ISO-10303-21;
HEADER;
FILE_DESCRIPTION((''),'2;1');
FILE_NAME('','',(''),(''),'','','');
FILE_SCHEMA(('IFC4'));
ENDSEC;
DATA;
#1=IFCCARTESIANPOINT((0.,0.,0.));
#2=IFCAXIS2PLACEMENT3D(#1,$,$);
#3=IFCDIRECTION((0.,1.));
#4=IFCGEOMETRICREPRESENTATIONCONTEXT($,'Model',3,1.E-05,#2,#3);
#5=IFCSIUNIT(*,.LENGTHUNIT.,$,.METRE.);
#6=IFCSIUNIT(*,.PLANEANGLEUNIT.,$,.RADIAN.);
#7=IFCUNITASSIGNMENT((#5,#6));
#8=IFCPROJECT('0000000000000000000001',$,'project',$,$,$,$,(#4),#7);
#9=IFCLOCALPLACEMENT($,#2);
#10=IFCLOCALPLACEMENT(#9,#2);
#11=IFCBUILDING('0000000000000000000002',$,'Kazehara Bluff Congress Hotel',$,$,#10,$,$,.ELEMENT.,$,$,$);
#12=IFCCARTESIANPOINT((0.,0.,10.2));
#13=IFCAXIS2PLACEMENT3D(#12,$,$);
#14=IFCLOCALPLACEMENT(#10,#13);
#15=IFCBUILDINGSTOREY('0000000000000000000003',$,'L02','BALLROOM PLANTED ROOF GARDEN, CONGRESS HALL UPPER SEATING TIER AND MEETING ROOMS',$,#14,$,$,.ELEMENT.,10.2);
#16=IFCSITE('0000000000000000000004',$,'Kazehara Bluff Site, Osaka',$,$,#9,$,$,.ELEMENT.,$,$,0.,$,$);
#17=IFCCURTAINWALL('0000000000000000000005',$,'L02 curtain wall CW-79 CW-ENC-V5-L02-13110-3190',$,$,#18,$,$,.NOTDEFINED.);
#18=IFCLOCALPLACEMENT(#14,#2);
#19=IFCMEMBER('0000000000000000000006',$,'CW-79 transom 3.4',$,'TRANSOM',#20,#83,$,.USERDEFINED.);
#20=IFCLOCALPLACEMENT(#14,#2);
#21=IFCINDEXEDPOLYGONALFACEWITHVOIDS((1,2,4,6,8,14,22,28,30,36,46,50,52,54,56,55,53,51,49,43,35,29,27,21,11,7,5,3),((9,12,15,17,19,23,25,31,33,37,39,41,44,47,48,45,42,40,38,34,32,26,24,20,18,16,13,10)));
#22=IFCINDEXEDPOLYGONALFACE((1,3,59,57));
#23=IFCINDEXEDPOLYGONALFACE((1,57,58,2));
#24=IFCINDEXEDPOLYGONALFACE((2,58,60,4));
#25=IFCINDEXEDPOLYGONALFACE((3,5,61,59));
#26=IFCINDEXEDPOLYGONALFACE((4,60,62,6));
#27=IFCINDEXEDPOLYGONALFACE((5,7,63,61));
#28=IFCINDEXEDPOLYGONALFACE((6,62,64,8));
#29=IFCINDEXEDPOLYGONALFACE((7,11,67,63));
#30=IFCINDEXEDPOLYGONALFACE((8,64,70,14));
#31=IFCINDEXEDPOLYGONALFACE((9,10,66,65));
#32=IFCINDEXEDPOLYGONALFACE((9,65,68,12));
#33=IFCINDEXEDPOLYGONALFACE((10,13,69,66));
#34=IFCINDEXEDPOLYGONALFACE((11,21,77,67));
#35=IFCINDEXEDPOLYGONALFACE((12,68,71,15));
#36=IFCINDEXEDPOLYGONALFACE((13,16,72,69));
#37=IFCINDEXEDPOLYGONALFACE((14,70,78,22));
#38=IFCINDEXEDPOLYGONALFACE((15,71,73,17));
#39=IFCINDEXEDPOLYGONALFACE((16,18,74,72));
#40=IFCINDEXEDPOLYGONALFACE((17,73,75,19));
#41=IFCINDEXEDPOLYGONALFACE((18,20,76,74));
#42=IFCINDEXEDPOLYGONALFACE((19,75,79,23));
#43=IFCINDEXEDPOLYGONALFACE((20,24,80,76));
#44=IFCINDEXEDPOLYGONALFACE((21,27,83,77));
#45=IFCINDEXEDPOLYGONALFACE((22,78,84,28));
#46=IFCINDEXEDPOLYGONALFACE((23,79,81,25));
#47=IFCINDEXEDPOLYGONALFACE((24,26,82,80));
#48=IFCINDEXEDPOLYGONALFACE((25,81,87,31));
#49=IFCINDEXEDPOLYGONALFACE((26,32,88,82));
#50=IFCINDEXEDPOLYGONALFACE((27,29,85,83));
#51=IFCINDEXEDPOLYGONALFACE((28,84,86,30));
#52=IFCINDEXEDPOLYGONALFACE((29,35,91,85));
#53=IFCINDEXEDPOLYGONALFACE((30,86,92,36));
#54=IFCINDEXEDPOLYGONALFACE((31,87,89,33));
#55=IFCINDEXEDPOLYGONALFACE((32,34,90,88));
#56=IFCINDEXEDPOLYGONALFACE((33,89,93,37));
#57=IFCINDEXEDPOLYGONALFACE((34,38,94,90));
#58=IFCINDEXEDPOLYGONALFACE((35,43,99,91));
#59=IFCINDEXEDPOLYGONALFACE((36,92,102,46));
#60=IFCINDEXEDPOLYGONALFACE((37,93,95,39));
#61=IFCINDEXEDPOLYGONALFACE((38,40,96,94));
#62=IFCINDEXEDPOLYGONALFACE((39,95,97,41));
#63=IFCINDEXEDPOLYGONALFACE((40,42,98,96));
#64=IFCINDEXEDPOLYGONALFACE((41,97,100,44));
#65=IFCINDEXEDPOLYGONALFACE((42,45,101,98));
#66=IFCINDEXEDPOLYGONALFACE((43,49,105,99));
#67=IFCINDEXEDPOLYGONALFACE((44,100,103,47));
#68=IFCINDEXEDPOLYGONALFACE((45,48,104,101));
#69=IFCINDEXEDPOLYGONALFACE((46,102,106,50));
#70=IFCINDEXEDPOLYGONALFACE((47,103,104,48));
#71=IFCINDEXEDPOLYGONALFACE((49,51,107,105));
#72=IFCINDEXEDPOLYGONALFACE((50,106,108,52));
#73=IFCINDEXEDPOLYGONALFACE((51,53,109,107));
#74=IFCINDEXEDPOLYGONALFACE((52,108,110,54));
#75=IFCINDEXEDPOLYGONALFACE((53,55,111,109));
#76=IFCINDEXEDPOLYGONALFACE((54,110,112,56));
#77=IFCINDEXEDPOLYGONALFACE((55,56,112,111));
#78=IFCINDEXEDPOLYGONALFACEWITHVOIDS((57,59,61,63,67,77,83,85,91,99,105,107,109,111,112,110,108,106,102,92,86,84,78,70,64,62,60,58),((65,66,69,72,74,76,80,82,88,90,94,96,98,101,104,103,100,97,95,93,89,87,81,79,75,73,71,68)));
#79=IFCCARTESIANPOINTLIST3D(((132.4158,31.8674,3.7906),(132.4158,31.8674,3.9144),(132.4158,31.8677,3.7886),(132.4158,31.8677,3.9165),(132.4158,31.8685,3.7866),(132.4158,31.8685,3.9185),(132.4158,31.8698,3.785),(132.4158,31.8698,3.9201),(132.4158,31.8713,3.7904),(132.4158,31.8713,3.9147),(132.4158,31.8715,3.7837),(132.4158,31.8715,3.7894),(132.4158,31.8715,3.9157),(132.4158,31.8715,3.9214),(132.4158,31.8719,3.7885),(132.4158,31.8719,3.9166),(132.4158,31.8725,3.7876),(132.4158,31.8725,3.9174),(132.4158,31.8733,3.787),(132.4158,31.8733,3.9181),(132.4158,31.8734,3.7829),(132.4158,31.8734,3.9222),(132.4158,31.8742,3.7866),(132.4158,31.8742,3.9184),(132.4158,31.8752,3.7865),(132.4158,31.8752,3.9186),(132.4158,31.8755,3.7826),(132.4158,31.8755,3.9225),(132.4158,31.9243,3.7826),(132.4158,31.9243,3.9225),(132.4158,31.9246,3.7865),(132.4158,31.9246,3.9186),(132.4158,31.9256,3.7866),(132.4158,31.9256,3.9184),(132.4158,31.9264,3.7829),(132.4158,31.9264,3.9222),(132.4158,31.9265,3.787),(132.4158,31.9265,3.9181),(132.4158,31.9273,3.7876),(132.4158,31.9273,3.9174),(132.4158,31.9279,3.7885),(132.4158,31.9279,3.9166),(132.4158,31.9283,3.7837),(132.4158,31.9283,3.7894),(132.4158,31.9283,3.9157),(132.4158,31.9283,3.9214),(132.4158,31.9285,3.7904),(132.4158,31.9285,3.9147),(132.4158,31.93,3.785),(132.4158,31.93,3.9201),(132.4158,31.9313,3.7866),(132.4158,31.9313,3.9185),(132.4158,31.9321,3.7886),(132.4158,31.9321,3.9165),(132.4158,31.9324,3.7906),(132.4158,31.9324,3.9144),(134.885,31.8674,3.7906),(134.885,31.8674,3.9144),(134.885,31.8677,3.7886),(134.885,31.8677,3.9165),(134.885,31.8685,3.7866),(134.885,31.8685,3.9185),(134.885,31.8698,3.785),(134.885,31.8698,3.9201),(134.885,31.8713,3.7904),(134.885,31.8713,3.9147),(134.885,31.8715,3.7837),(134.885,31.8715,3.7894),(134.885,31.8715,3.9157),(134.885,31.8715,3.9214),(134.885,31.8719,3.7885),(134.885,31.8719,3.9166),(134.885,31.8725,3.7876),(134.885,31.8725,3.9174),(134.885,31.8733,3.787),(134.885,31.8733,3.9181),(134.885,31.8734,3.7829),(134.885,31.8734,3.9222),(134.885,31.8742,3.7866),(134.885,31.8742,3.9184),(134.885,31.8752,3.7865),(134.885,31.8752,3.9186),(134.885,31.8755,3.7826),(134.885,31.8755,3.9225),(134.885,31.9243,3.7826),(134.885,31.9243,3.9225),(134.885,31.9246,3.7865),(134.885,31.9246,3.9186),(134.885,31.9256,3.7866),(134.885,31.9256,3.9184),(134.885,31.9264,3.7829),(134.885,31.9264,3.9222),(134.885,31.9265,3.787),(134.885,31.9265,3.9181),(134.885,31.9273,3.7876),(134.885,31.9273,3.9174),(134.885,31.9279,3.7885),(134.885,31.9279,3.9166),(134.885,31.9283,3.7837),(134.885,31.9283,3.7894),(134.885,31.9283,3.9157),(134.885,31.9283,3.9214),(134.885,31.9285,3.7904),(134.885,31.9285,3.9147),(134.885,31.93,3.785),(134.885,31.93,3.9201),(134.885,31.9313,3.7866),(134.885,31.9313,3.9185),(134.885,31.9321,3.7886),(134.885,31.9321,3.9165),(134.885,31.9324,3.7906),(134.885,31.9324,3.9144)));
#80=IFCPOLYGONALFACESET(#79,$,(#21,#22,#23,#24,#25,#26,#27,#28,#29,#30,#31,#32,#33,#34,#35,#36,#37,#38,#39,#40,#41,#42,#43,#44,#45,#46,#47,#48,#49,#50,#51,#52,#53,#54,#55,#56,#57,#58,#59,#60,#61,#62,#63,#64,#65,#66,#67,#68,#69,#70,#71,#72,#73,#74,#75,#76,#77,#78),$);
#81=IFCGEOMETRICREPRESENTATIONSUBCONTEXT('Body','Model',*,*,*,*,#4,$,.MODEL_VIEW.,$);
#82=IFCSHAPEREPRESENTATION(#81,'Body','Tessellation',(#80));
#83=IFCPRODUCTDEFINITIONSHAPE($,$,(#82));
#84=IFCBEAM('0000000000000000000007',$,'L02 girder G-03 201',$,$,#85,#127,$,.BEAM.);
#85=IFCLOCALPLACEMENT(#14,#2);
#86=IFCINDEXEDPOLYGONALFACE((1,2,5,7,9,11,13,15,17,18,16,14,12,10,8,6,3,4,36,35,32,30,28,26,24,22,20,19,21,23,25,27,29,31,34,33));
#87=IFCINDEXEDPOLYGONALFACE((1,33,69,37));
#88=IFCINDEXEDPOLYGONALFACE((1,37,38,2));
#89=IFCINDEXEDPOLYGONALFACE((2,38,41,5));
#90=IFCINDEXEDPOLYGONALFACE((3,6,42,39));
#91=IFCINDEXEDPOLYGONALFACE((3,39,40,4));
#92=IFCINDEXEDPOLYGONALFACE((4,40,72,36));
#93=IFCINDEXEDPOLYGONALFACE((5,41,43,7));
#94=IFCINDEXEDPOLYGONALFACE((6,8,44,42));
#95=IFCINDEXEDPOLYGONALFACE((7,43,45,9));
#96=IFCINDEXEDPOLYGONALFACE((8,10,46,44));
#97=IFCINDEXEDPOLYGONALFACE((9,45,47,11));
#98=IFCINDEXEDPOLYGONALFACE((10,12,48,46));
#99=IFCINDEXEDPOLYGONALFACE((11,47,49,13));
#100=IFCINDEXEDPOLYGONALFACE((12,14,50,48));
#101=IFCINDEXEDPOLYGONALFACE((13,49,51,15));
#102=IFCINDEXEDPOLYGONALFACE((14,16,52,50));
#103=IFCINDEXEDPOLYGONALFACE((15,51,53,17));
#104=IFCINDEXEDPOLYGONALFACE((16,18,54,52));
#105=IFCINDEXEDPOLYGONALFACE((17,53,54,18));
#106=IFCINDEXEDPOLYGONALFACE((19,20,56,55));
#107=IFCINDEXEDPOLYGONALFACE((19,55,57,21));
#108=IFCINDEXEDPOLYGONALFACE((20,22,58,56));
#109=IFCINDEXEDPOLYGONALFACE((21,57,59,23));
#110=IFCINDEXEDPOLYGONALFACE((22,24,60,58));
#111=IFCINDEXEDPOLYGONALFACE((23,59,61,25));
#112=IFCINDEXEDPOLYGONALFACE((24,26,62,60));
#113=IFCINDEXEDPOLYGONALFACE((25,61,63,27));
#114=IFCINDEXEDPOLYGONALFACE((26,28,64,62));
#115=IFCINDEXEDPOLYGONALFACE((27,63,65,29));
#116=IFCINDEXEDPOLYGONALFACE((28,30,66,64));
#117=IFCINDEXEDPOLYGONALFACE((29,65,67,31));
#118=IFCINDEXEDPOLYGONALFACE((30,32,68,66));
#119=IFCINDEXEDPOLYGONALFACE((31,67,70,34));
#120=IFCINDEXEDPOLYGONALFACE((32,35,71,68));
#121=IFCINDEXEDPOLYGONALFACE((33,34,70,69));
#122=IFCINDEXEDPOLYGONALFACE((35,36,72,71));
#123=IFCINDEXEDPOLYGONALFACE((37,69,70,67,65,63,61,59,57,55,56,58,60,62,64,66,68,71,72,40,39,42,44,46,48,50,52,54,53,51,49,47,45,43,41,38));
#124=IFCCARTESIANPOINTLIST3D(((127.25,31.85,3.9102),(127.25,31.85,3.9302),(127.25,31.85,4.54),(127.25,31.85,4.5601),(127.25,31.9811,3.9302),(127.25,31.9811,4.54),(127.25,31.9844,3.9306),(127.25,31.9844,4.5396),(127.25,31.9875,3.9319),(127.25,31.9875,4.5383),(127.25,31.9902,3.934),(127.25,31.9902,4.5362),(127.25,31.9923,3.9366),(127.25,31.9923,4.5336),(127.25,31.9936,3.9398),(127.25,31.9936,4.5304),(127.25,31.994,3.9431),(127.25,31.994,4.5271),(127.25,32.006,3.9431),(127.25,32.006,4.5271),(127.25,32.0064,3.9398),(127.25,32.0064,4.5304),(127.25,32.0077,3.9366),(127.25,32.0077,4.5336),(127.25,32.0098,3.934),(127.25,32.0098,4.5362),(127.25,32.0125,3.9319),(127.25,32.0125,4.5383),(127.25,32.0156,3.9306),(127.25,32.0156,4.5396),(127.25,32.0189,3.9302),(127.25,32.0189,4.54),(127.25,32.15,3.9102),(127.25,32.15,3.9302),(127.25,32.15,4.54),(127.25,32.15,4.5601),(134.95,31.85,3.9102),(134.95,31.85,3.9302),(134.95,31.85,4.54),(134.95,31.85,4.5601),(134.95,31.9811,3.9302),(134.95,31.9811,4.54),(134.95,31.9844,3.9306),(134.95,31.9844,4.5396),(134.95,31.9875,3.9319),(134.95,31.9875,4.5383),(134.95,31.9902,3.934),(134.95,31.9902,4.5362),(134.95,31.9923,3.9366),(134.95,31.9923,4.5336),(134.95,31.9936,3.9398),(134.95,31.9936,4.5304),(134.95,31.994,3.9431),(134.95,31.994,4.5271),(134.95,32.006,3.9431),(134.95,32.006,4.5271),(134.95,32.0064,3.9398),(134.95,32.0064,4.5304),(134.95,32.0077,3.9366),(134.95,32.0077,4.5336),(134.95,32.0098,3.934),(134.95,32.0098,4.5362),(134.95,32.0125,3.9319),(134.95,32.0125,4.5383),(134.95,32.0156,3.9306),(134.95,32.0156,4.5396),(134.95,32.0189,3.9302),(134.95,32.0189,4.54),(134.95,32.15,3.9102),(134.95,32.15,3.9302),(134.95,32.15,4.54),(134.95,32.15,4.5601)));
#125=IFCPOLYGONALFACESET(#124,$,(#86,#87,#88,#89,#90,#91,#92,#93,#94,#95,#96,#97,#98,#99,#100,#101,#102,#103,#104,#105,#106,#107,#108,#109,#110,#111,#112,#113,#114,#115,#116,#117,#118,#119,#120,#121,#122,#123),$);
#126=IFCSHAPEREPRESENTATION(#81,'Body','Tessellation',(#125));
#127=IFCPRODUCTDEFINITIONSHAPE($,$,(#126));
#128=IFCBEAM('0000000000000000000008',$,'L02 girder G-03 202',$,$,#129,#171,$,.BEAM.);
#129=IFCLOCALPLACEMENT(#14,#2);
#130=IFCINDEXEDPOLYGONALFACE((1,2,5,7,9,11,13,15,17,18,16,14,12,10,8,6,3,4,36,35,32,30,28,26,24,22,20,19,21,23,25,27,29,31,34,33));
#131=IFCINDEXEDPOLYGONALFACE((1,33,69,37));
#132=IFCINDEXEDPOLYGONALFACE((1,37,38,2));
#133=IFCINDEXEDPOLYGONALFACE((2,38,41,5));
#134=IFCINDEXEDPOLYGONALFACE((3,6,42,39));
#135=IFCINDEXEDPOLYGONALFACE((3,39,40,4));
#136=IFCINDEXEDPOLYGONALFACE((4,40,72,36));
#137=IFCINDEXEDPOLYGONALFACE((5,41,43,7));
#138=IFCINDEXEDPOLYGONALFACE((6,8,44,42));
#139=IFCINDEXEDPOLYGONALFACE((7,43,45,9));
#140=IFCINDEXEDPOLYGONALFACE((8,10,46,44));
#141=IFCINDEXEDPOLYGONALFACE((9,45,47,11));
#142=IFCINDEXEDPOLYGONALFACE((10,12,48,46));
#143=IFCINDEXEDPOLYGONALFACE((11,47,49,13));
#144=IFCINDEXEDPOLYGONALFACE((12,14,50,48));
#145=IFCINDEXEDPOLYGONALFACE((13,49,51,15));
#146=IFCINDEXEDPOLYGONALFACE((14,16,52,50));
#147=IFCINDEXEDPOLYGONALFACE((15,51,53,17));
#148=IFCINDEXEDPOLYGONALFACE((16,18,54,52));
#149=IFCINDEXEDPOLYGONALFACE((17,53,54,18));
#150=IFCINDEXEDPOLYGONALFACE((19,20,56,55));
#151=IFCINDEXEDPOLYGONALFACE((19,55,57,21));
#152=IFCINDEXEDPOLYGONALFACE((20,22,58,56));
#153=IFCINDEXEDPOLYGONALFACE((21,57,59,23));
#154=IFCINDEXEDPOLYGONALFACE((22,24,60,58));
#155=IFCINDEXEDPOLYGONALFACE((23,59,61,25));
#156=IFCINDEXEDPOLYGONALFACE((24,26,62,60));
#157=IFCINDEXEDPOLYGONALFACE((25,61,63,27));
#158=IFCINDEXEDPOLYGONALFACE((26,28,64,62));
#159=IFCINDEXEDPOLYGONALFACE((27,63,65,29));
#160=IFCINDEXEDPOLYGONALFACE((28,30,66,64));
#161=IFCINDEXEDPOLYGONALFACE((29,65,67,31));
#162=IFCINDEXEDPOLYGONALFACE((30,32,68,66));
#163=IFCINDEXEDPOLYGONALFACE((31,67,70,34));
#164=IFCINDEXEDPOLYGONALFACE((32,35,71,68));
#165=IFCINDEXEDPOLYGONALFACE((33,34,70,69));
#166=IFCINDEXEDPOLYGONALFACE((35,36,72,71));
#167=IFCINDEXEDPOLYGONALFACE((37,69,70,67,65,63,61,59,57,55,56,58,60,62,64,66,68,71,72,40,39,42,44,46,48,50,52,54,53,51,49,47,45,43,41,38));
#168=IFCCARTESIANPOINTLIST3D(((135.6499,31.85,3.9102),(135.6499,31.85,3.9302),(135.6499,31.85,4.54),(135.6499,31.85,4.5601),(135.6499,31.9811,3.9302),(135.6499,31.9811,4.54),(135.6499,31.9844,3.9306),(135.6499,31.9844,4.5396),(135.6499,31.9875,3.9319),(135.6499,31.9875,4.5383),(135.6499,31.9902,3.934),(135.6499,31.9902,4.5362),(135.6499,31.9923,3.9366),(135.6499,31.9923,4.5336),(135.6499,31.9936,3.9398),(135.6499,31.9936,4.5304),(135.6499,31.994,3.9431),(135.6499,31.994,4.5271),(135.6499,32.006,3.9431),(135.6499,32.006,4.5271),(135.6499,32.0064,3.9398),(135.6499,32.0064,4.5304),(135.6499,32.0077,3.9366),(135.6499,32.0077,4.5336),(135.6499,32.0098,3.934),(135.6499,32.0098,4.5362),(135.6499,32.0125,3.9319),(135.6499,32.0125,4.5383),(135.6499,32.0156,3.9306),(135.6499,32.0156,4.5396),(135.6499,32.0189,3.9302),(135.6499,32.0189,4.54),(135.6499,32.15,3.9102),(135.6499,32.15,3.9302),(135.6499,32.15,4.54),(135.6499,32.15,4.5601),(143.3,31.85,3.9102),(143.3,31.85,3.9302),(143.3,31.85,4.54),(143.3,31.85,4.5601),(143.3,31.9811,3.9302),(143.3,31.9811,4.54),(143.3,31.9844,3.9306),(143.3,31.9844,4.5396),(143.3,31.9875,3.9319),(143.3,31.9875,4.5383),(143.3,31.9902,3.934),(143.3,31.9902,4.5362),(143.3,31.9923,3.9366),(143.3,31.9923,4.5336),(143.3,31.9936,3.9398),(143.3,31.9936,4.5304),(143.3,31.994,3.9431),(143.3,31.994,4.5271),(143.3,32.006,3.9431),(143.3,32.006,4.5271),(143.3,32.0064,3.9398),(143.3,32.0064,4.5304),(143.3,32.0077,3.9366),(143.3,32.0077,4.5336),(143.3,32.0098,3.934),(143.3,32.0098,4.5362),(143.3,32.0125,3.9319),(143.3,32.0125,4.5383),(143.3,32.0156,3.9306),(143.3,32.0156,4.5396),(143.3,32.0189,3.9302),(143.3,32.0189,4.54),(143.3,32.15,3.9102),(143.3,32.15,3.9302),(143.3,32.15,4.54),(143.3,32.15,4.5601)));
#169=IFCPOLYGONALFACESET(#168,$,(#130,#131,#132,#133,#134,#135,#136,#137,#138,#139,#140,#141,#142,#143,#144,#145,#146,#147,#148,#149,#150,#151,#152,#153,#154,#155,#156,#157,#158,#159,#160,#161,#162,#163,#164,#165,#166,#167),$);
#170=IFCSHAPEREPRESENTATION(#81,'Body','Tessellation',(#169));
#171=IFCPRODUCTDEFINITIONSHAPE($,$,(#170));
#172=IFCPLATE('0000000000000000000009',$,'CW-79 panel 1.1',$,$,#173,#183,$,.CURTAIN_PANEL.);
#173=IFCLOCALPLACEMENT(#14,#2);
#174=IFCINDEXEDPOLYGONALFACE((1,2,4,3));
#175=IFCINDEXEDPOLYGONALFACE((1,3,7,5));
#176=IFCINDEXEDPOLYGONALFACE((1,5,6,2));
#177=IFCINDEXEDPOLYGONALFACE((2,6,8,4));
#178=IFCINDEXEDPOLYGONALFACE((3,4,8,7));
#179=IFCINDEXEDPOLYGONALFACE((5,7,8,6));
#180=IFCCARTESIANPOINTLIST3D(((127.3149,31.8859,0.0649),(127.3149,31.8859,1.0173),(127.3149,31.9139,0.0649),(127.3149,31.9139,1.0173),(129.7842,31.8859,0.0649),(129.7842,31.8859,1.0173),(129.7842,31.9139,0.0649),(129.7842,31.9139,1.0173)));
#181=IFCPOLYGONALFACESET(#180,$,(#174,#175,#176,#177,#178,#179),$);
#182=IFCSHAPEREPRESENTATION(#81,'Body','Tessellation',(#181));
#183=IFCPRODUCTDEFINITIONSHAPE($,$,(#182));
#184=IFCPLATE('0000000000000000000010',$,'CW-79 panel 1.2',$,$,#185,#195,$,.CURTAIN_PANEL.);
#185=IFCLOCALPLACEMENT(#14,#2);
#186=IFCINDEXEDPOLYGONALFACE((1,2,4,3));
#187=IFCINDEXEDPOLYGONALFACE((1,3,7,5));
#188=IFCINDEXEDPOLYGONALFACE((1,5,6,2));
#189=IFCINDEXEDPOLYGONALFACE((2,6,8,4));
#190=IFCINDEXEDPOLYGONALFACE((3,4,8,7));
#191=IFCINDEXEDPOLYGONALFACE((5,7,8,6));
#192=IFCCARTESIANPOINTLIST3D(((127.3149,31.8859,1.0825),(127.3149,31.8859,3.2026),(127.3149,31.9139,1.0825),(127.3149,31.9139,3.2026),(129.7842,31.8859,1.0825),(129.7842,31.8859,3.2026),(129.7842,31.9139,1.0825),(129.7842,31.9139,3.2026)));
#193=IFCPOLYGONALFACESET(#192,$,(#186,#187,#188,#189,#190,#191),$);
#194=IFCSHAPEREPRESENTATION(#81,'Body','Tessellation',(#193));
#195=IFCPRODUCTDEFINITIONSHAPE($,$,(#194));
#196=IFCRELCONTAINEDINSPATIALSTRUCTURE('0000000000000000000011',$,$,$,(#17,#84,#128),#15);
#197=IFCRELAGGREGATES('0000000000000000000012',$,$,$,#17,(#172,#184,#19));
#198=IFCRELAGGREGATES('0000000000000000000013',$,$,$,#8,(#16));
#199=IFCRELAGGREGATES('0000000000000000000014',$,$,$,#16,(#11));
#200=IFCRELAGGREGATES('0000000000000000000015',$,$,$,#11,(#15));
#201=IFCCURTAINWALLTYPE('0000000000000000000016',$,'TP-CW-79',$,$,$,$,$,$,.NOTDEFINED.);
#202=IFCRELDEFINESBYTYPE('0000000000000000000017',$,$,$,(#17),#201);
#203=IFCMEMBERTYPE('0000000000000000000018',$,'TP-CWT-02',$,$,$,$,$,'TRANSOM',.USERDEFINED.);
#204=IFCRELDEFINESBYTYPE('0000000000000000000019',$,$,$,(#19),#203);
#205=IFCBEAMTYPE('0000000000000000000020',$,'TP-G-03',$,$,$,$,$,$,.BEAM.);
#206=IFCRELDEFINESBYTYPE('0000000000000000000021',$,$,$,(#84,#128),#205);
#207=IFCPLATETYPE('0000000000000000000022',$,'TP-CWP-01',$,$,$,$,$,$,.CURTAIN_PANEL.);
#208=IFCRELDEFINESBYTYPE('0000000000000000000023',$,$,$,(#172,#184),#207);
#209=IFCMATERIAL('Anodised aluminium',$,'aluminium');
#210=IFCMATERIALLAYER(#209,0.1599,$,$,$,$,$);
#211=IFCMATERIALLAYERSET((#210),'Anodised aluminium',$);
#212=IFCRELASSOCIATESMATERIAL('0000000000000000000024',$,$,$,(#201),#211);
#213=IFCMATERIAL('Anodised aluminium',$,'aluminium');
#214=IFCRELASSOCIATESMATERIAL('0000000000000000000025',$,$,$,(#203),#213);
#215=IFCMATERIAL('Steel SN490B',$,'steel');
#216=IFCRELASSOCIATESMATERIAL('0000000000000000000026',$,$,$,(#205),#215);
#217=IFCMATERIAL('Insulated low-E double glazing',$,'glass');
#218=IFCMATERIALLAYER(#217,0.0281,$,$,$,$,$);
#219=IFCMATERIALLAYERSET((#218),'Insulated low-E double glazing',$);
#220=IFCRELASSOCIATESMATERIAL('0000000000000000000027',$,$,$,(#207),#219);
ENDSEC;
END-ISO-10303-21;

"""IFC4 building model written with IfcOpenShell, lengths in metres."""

from ifc_helpers import new_model, si_unit, direction, frame, origin, origin_2d, place, context, subcontext, project, spatial, rectangle, hollow_rectangle, i_section, extrude, material, layer, layer_set, material_profile, profile_set, type_object, element, aggregate, save


model = new_model("IFC4")

# Units and contexts
model_context = context("Model", 3, precision=1e-05, world=origin(), true_north=direction((0.0, 1.0)))
body_context = subcontext(model_context, "Body", "Model", "MODEL_VIEW")
ifc_project = project(units=[si_unit("LENGTHUNIT", "METRE"), si_unit("PLANEANGLEUNIT", "RADIAN")], contexts=[model_context])

# Site, building, storey
site_placement = place(None, origin())
site = spatial("IfcSite", under=ifc_project, at=site_placement, Name="Kazehara Bluff Site, Osaka", CompositionType="ELEMENT", RefElevation=0.0)
building_placement = place(site_placement, origin())
building = spatial("IfcBuilding", under=site, at=building_placement, Name="Kazehara Bluff Congress Hotel", CompositionType="ELEMENT")
storey_placement = place(building_placement, frame((0.0, 0.0, 10.2)))
storey = spatial("IfcBuildingStorey", under=building, at=storey_placement, Name="L02", Description="BALLROOM PLANTED ROOF GARDEN, CONGRESS HALL UPPER SEATING TIER AND MEETING ROOMS", CompositionType="ELEMENT", Elevation=10.2)

# Curtain wall
ifc_material_1 = material(Name="Anodised aluminium", Category="aluminium")
ifc_layer_1 = layer(ifc_material_1, 0.1599)
ifc_layer_set_1 = layer_set([ifc_layer_1], Name="Anodised aluminium")
curtain_wall_type_1 = type_object("IfcCurtainWallType", Name="TP-CW-79", PredefinedType="NOTDEFINED", material=ifc_layer_set_1)
curtain_wall_1_placement = place(storey_placement, origin())
curtain_wall_1 = element("IfcCurtainWall", 1, at=curtain_wall_1_placement, inside=storey, type_object=curtain_wall_type_1, Name="L02 curtain wall CW-79 CW-ENC-V5-L02-13110-3190", PredefinedType="NOTDEFINED")

# Member
ifc_material_2 = material(Name="Anodised aluminium", Category="aluminium")
ifc_material_profile_1 = material_profile(ifc_material_2, hollow_rectangle(XDim=0.0649, YDim=0.1399, WallThickness=0.0039, InnerFilletRadius=0.0039, OuterFilletRadius=0.0081, at=origin_2d()))
ifc_profile_set_1 = profile_set([ifc_material_profile_1], Name="Anodised aluminium")
member_type_1 = type_object("IfcMemberType", Name="TP-CWT-02", ElementType="TRANSOM", PredefinedType="USERDEFINED", material=ifc_profile_set_1)
member_1_placement = place(storey_placement, frame((132.4158, 31.8999, 3.8525), z_axis=(1.0, 0.0, 0.0), x_axis=(0.0, 1.0, 0.0)))
member_1 = element("IfcMember", 2, at=member_1_placement, type_object=member_type_1, Name="CW-79 transom 3.4", ObjectType="TRANSOM", PredefinedType="USERDEFINED", context=body_context, shape_type="SweptSolid", body=[
    extrude(hollow_rectangle(XDim=0.0649, YDim=0.1399, WallThickness=0.0039, InnerFilletRadius=0.0039, OuterFilletRadius=0.0081, at=origin_2d()), origin(), (0.0, 0.0, 1.0), 2.4692),
])

# Beams
ifc_material_3 = material(Name="Steel SN490B", Category="steel")
ifc_material_profile_2 = material_profile(ifc_material_3, i_section(OverallWidth=0.3, OverallDepth=0.6499, WebThickness=0.012, FlangeThickness=0.02, FilletRadius=0.0129, at=origin_2d()))
ifc_profile_set_2 = profile_set([ifc_material_profile_2], Name="Steel SN490B")
beam_type = type_object("IfcBeamType", Name="TP-G-03", PredefinedType="BEAM", material=ifc_profile_set_2)
beam_1_placement = place(storey_placement, frame((127.25, 32.0, 4.2351), z_axis=(1.0, 0.0, 0.0), x_axis=(0.0, 1.0, 0.0)))
element("IfcBeam", 3, at=beam_1_placement, inside=storey, type_object=beam_type, Name="L02 girder G-03 201", PredefinedType="BEAM", context=body_context, shape_type="SweptSolid", body=[
    extrude(i_section(OverallWidth=0.3, OverallDepth=0.6499, WebThickness=0.012, FlangeThickness=0.02, FilletRadius=0.0129, at=origin_2d()), origin(), (0.0, 0.0, 1.0), 7.7),
])
beam_2_placement = place(storey_placement, frame((135.6499, 32.0, 4.2351), z_axis=(1.0, 0.0, 0.0), x_axis=(0.0, 1.0, 0.0)))
element("IfcBeam", 4, at=beam_2_placement, inside=storey, type_object=beam_type, Name="L02 girder G-03 202", PredefinedType="BEAM", context=body_context, shape_type="SweptSolid", body=[
    extrude(i_section(OverallWidth=0.3, OverallDepth=0.6499, WebThickness=0.012, FlangeThickness=0.02, FilletRadius=0.0129, at=origin_2d()), origin(), (0.0, 0.0, 1.0), 7.6501),
])

# Plates
ifc_material_4 = material(Name="Insulated low-E double glazing", Category="glass")
ifc_layer_2 = layer(ifc_material_4, 0.0281)
ifc_layer_set_2 = layer_set([ifc_layer_2], Name="Insulated low-E double glazing")
plate_type = type_object("IfcPlateType", Name="TP-CWP-01", PredefinedType="CURTAIN_PANEL", material=ifc_layer_set_2)
plate_1_placement = place(storey_placement, frame((128.5496, 31.8999, 0.0649), z_axis=(0.0, 0.0, 1.0), x_axis=(1.0, 0.0, 0.0)))
plate_1 = element("IfcPlate", 5, at=plate_1_placement, type_object=plate_type, Name="CW-79 panel 1.1", PredefinedType="CURTAIN_PANEL", context=body_context, shape_type="SweptSolid", body=[
    extrude(rectangle(XDim=2.4692, YDim=0.0281, at=origin_2d()), origin(), (0.0, 0.0, 1.0), 0.9524),
])
plate_2_placement = place(storey_placement, frame((128.5496, 31.8999, 1.0825), z_axis=(0.0, 0.0, 1.0), x_axis=(1.0, 0.0, 0.0)))
plate_2 = element("IfcPlate", 6, at=plate_2_placement, type_object=plate_type, Name="CW-79 panel 1.2", PredefinedType="CURTAIN_PANEL", context=body_context, shape_type="SweptSolid", body=[
    extrude(rectangle(XDim=2.4692, YDim=0.0281, at=origin_2d()), origin(), (0.0, 0.0, 1.0), 2.1201),
])
aggregate(curtain_wall_1, [plate_1, plate_2, member_1])

save(model, "model.ifc")
